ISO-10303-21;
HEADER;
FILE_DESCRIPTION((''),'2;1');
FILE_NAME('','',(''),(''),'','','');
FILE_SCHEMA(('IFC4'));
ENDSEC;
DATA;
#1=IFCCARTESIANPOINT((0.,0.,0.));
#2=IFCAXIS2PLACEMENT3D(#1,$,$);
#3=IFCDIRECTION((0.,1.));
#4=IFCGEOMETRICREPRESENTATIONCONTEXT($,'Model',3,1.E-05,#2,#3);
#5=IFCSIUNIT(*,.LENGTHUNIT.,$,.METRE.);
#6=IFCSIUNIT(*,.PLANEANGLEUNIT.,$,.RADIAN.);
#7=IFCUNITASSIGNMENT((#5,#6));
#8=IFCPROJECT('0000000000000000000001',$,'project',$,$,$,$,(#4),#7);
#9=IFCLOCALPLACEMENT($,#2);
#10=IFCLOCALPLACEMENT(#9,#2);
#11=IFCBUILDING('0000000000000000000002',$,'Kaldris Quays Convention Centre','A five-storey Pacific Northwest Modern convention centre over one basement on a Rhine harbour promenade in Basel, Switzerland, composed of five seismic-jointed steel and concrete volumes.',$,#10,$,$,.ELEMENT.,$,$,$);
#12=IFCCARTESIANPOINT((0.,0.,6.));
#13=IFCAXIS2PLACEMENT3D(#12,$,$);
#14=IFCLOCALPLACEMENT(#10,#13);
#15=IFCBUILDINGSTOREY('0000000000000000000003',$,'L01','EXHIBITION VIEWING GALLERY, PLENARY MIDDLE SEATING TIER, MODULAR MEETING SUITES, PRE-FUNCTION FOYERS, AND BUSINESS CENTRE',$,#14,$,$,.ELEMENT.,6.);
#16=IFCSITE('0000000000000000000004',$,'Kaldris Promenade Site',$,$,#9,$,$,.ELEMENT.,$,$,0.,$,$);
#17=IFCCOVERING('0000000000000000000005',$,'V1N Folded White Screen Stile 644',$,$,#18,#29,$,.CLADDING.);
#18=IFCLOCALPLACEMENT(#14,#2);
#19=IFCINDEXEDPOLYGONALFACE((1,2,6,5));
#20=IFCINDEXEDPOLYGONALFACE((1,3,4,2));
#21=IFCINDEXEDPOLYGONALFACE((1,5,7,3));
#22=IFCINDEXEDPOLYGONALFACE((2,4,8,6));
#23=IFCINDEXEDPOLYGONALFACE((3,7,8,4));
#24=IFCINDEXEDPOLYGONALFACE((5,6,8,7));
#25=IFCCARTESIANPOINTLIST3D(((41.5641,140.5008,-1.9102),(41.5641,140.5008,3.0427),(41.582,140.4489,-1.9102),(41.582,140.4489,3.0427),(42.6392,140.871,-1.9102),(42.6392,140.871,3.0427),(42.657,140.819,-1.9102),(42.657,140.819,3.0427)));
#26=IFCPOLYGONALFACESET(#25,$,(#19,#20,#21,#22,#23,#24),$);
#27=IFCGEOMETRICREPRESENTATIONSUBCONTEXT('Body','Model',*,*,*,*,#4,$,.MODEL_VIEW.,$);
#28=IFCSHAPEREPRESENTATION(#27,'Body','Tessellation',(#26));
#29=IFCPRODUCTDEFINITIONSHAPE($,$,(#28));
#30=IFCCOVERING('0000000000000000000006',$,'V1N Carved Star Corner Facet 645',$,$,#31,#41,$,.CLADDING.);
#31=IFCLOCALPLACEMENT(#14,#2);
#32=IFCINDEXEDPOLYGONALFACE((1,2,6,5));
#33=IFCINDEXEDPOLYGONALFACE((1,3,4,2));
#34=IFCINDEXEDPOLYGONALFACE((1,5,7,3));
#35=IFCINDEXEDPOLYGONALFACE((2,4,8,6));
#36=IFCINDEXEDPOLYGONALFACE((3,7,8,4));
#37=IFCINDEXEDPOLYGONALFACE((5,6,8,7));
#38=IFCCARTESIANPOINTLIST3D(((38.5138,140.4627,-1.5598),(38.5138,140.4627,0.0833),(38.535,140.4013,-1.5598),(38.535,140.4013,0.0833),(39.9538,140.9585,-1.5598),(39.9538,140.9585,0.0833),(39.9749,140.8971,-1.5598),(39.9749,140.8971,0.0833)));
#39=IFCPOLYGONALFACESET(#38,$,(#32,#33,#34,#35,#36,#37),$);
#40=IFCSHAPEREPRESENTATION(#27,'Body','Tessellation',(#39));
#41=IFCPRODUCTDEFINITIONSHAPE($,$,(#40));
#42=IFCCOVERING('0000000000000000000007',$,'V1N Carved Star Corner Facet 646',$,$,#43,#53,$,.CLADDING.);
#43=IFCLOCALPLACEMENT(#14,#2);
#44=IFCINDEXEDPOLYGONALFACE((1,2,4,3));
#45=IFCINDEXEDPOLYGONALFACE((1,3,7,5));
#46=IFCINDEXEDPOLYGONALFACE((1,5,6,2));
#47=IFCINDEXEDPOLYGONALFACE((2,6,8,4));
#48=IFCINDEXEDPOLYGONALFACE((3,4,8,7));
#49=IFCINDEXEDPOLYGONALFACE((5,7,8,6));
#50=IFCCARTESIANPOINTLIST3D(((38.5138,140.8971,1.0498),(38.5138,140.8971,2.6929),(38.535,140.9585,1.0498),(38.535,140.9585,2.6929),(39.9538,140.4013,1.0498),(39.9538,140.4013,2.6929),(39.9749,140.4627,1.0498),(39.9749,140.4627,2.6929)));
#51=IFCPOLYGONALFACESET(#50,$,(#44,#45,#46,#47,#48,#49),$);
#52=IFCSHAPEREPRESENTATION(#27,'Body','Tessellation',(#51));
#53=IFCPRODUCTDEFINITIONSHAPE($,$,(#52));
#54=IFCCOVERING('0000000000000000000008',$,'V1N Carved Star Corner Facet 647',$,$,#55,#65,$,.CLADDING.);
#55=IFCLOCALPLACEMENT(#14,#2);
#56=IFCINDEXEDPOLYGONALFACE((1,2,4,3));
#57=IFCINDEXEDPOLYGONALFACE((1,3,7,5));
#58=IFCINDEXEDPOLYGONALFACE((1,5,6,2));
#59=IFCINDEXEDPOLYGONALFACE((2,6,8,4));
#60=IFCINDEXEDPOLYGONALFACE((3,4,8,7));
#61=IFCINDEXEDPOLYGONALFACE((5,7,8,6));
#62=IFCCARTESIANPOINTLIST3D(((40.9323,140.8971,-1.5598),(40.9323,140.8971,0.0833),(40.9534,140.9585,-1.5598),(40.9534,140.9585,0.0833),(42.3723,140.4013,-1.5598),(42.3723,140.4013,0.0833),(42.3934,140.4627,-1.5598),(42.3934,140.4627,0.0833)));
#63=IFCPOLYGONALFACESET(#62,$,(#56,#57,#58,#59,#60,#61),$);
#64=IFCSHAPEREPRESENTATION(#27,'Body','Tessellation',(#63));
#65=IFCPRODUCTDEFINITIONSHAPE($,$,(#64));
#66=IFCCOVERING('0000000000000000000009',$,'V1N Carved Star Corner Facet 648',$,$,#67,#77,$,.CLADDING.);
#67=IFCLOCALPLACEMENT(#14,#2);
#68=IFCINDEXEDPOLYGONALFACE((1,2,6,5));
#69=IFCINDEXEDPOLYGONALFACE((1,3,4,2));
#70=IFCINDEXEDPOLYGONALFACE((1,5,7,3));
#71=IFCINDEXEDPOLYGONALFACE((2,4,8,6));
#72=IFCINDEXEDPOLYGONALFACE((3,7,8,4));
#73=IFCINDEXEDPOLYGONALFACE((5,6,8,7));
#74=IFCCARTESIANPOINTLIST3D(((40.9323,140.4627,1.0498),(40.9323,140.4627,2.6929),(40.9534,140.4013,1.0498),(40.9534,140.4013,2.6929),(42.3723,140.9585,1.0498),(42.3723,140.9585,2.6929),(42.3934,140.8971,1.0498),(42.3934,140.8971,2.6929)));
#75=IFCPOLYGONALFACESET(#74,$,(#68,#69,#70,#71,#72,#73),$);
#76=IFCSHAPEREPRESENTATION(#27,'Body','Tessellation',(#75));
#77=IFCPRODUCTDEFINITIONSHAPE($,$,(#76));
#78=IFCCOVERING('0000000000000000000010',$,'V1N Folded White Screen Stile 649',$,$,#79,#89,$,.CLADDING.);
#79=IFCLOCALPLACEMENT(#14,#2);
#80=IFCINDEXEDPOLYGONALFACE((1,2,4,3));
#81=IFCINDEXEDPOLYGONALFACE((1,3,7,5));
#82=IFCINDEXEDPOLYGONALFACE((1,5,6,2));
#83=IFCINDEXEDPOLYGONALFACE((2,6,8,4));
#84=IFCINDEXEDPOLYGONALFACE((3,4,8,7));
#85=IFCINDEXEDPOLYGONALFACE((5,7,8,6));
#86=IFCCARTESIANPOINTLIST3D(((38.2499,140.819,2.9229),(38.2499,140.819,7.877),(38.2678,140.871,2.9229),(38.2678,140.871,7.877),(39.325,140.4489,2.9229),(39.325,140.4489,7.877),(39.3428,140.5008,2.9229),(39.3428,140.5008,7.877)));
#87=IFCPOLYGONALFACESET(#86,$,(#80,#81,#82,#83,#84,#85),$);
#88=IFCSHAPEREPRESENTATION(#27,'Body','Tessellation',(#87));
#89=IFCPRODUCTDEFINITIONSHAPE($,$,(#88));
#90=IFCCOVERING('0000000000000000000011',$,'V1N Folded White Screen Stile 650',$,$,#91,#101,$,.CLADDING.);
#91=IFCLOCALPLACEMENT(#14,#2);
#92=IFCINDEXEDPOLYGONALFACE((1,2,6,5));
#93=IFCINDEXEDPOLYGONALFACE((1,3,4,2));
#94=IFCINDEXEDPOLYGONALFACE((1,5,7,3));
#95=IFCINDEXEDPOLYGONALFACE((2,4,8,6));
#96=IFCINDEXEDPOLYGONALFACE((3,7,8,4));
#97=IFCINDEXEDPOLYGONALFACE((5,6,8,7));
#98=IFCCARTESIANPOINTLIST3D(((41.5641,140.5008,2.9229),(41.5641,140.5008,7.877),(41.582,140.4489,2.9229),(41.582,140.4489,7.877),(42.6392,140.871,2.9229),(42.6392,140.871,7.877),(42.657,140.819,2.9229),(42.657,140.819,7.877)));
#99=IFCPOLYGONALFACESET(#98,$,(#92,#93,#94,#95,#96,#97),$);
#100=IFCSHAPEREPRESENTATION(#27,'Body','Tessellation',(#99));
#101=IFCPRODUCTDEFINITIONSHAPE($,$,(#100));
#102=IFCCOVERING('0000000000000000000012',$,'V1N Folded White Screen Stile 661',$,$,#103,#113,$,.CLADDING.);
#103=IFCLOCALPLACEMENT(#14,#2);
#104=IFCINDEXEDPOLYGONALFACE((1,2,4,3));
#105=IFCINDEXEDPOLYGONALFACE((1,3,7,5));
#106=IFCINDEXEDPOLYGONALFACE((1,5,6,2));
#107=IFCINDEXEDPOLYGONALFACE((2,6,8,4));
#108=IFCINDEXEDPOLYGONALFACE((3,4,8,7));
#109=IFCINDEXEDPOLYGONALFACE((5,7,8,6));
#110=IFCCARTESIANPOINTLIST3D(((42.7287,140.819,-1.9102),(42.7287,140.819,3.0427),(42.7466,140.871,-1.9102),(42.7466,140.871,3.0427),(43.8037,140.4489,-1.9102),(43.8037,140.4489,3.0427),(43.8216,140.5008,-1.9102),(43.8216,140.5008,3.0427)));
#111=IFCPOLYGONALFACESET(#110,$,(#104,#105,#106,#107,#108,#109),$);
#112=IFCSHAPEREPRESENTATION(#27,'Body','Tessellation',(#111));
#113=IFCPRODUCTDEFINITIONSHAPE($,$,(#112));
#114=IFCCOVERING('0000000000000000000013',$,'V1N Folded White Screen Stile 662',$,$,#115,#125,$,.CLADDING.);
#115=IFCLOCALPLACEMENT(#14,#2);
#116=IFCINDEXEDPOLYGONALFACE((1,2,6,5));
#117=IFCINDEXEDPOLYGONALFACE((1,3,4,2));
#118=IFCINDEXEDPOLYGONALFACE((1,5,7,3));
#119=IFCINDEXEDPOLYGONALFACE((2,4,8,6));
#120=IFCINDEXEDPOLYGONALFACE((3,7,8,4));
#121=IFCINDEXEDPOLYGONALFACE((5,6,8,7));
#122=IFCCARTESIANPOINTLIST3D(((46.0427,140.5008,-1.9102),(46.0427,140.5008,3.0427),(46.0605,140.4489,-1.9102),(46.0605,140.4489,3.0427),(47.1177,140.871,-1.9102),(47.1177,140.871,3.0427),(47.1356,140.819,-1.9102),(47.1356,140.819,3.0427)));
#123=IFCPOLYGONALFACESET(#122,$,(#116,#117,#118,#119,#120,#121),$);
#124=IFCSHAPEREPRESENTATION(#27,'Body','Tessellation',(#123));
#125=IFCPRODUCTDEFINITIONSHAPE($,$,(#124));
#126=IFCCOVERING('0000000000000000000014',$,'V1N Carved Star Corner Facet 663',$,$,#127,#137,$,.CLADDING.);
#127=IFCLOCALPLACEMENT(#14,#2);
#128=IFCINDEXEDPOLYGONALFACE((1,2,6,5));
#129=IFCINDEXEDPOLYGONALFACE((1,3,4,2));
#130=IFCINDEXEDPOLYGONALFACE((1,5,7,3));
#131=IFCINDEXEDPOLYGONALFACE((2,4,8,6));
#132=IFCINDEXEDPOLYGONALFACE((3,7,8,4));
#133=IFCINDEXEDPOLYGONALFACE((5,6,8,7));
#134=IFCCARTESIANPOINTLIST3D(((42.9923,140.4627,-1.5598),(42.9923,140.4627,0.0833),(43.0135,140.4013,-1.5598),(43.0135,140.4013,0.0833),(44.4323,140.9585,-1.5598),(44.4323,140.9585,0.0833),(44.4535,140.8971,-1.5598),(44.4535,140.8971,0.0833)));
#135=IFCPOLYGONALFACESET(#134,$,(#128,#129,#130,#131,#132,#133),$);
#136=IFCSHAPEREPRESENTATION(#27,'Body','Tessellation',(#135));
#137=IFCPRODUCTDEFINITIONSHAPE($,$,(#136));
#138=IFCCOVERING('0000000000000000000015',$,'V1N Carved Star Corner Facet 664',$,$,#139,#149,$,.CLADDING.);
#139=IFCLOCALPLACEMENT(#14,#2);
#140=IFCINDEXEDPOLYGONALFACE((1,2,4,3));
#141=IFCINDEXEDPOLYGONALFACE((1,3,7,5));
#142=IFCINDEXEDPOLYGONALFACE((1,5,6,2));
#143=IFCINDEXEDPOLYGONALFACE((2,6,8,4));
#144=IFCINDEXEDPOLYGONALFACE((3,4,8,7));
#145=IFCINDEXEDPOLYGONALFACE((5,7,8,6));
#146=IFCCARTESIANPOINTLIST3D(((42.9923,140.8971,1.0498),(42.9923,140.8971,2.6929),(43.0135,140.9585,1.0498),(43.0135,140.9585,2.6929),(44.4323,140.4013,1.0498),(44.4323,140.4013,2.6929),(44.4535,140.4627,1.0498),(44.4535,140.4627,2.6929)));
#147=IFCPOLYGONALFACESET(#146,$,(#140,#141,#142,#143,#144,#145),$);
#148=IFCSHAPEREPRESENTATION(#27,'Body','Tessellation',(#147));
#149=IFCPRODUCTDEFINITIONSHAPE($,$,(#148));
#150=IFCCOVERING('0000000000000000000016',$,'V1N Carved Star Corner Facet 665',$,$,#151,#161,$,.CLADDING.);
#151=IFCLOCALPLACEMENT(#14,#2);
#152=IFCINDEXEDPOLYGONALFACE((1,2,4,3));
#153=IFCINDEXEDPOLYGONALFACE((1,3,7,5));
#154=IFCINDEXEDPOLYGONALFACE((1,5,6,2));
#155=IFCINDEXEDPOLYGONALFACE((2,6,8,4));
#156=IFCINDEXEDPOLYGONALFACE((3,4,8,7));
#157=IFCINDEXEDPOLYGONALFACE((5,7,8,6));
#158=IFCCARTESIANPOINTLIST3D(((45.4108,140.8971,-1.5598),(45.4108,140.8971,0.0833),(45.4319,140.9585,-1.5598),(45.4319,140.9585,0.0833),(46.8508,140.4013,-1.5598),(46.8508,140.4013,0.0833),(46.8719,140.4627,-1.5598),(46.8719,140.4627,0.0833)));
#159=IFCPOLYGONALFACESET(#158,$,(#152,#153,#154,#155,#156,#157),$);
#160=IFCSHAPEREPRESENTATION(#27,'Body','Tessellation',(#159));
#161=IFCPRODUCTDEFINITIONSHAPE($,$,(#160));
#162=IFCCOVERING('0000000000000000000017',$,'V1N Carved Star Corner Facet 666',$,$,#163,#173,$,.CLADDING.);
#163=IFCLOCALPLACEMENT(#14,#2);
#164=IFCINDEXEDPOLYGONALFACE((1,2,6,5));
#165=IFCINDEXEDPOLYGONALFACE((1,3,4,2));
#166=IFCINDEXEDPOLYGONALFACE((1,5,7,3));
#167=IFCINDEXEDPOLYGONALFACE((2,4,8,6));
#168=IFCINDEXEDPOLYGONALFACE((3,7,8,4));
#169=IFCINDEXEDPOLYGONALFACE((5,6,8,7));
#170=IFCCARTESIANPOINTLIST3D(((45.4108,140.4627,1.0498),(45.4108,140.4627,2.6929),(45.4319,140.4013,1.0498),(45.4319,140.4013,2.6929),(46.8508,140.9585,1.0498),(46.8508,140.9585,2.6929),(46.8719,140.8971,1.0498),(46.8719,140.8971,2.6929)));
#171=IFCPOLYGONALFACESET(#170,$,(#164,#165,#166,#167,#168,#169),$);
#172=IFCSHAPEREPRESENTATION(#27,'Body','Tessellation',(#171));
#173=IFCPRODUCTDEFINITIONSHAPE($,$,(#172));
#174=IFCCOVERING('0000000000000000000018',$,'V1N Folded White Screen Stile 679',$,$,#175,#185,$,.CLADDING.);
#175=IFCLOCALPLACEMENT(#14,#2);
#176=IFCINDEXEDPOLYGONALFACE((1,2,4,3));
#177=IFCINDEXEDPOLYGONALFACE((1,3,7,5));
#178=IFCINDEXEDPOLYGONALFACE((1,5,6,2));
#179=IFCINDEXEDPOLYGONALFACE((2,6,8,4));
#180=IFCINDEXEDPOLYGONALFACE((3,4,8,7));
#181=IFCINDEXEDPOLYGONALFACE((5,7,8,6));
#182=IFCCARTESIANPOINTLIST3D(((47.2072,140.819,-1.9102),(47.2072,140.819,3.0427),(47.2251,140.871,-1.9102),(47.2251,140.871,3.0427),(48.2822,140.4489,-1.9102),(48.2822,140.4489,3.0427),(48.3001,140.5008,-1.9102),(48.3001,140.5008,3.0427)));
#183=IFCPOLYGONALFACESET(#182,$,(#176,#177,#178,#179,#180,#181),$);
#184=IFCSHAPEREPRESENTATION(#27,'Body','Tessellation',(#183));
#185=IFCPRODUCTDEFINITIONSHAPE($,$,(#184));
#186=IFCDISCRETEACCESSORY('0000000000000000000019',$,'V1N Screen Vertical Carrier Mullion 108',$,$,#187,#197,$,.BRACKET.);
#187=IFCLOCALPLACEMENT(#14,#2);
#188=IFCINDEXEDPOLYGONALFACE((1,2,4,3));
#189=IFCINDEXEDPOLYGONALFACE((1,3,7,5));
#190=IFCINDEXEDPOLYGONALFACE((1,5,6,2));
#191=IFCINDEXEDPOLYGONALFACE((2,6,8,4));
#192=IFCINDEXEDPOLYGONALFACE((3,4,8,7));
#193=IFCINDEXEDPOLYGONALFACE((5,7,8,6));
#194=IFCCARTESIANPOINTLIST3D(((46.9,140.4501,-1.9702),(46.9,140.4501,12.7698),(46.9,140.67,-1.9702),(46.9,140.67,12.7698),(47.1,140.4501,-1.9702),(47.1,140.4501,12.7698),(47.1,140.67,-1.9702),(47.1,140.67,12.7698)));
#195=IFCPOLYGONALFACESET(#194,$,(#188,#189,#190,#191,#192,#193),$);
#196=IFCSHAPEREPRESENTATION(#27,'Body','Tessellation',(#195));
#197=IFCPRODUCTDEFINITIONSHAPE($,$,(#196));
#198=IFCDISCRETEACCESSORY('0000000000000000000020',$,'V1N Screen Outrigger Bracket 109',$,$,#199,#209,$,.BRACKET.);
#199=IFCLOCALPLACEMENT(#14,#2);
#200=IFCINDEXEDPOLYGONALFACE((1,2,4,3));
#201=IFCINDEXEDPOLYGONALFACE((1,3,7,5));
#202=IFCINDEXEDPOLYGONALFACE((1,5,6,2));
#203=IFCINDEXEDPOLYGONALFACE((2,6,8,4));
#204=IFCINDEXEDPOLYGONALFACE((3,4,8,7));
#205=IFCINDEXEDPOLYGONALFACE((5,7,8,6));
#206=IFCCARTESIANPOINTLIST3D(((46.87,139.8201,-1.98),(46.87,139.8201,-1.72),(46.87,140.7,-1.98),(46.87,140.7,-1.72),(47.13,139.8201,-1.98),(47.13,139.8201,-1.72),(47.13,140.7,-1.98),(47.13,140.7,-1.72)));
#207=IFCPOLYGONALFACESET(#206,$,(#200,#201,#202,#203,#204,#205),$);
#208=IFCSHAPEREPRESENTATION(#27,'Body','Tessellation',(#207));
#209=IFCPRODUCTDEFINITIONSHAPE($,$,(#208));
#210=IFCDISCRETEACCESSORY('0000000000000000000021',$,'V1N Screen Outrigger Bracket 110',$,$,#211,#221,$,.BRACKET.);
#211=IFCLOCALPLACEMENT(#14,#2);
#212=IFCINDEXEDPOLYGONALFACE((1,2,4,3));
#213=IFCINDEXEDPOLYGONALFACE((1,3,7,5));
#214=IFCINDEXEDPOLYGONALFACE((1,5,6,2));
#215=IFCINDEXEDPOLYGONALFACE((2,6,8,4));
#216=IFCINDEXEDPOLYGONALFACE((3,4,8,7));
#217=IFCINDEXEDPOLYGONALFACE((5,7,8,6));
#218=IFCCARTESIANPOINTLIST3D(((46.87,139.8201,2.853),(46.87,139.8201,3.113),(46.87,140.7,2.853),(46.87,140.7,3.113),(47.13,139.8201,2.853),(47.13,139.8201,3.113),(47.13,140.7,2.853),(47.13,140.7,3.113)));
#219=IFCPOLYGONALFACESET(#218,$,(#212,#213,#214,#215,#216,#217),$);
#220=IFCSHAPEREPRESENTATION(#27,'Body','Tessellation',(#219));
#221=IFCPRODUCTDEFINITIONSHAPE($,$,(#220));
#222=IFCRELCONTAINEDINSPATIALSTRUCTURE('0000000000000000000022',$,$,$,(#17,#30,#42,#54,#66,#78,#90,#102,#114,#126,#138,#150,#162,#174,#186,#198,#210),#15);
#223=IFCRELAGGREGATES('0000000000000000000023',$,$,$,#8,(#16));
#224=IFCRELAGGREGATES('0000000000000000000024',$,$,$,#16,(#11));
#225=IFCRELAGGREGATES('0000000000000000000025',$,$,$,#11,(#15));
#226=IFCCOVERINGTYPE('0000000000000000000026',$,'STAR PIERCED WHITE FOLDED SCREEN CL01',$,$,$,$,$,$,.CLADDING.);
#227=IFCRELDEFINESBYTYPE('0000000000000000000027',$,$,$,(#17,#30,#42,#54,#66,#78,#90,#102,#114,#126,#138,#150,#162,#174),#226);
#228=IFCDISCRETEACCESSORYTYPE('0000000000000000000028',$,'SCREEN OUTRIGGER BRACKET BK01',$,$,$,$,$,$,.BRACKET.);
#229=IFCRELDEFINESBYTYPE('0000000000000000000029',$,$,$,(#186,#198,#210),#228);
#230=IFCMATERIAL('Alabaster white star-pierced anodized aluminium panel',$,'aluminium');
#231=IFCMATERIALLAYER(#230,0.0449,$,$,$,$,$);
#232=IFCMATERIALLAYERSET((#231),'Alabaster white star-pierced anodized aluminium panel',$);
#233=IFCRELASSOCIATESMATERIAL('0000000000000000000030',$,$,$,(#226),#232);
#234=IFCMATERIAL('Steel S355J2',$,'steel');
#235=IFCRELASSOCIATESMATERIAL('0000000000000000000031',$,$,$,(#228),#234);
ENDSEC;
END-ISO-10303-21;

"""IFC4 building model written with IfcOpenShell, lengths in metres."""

from ifc_helpers import new_model, si_unit, direction, frame, origin, origin_2d, place, context, subcontext, project, spatial, rectangle, extrude, material, layer, layer_set, type_object, element, save


model = new_model("IFC4")

# Units and contexts
model_context = context("Model", 3, precision=1e-05, world=origin(), true_north=direction((0.0, 1.0)))
body_context = subcontext(model_context, "Body", "Model", "MODEL_VIEW")
ifc_project = project(units=[si_unit("LENGTHUNIT", "METRE"), si_unit("PLANEANGLEUNIT", "RADIAN")], contexts=[model_context])

# Site, building, storey
site_placement = place(None, origin())
site = spatial("IfcSite", under=ifc_project, at=site_placement, Name="Kaldris Promenade Site", CompositionType="ELEMENT", RefElevation=0.0)
building_placement = place(site_placement, origin())
building = spatial("IfcBuilding", under=site, at=building_placement, Name="Kaldris Quays Convention Centre", Description="A five-storey Pacific Northwest Modern convention centre over one basement on a Rhine harbour promenade in Basel, Switzerland, composed of five seismic-jointed steel and concrete volumes.", CompositionType="ELEMENT")
storey_placement = place(building_placement, frame((0.0, 0.0, 6.0)))
storey = spatial("IfcBuildingStorey", under=building, at=storey_placement, Name="L01", Description="EXHIBITION VIEWING GALLERY, PLENARY MIDDLE SEATING TIER, MODULAR MEETING SUITES, PRE-FUNCTION FOYERS, AND BUSINESS CENTRE", CompositionType="ELEMENT", Elevation=6.0)

# Shared definitions
ifc_material_1 = material(Name="Steel S355J2", Category="steel")

# Coverings
ifc_material_2 = material(Name="Alabaster white star-pierced anodized aluminium panel", Category="aluminium")
ifc_layer_1 = layer(ifc_material_2, 0.0449)
ifc_layer_set_1 = layer_set([ifc_layer_1], Name="Alabaster white star-pierced anodized aluminium panel")
covering_type = type_object("IfcCoveringType", Name="STAR PIERCED WHITE FOLDED SCREEN CL01", PredefinedType="CLADDING", material=ifc_layer_set_1)
for number, where, z_axis, x_axis, name in (
    (1, (42.1106, 140.6599, -1.9102), (0.0, 0.0, 1.0), (0.945519, 0.325568, 0.0), "V1N Folded White Screen Stile 644"),
):
    element("IfcCovering", number, at=place(storey_placement, frame(where, z_axis=z_axis, x_axis=x_axis)), inside=storey, type_object=covering_type, Name=name, PredefinedType="CLADDING", context=body_context, shape_type="SweptSolid", body=[
        extrude(rectangle(XDim=1.137, YDim=0.0549, at=origin_2d()), origin(), (0.0, 0.0, 1.0), 4.9529),
    ])
for number, where, z_axis, x_axis, name in (
    (2, (39.2444, 140.6799, -1.5598), (0.0, 0.0, 1.0), (0.945519, 0.325568, 0.0), "V1N Carved Star Corner Facet 645"),
    (3, (39.2444, 140.6799, 1.0498), (0.0, 0.0, 1.0), (0.945519, -0.325568, 0.0), "V1N Carved Star Corner Facet 646"),
    (4, (41.6628, 140.6799, -1.5598), (0.0, 0.0, 1.0), (0.945519, -0.325568, 0.0), "V1N Carved Star Corner Facet 647"),
    (5, (41.6628, 140.6799, 1.0498), (0.0, 0.0, 1.0), (0.945519, 0.325568, 0.0), "V1N Carved Star Corner Facet 648"),
):
    element("IfcCovering", number, at=place(storey_placement, frame(where, z_axis=z_axis, x_axis=x_axis)), inside=storey, type_object=covering_type, Name=name, PredefinedType="CLADDING", context=body_context, shape_type="SweptSolid", body=[
        extrude(rectangle(XDim=1.5229, YDim=0.0649, at=origin_2d()), origin(), (0.0, 0.0, 1.0), 1.6431),
    ])
for number, where, z_axis, x_axis, name in (
    (6, (38.7964, 140.6599, 2.9229), (0.0, 0.0, 1.0), (0.945519, -0.325568, 0.0), "V1N Folded White Screen Stile 649"),
    (7, (42.1106, 140.6599, 2.9229), (0.0, 0.0, 1.0), (0.945519, 0.325568, 0.0), "V1N Folded White Screen Stile 650"),
):
    element("IfcCovering", number, at=place(storey_placement, frame(where, z_axis=z_axis, x_axis=x_axis)), inside=storey, type_object=covering_type, Name=name, PredefinedType="CLADDING", context=body_context, shape_type="SweptSolid", body=[
        extrude(rectangle(XDim=1.137, YDim=0.0549, at=origin_2d()), origin(), (0.0, 0.0, 1.0), 4.9541),
    ])
for number, where, z_axis, x_axis, name in (
    (8, (43.2751, 140.6599, -1.9102), (0.0, 0.0, 1.0), (0.945519, -0.325568, 0.0), "V1N Folded White Screen Stile 661"),
    (9, (46.5891, 140.6599, -1.9102), (0.0, 0.0, 1.0), (0.945519, 0.325568, 0.0), "V1N Folded White Screen Stile 662"),
):
    element("IfcCovering", number, at=place(storey_placement, frame(where, z_axis=z_axis, x_axis=x_axis)), inside=storey, type_object=covering_type, Name=name, PredefinedType="CLADDING", context=body_context, shape_type="SweptSolid", body=[
        extrude(rectangle(XDim=1.137, YDim=0.0549, at=origin_2d()), origin(), (0.0, 0.0, 1.0), 4.9529),
    ])
for number, where, z_axis, x_axis, name in (
    (10, (43.7229, 140.6799, -1.5598), (0.0, 0.0, 1.0), (0.945519, 0.325568, 0.0), "V1N Carved Star Corner Facet 663"),
    (11, (43.7229, 140.6799, 1.0498), (0.0, 0.0, 1.0), (0.945519, -0.325568, 0.0), "V1N Carved Star Corner Facet 664"),
    (12, (46.1414, 140.6799, -1.5598), (0.0, 0.0, 1.0), (0.945519, -0.325568, 0.0), "V1N Carved Star Corner Facet 665"),
    (13, (46.1414, 140.6799, 1.0498), (0.0, 0.0, 1.0), (0.945519, 0.325568, 0.0), "V1N Carved Star Corner Facet 666"),
):
    element("IfcCovering", number, at=place(storey_placement, frame(where, z_axis=z_axis, x_axis=x_axis)), inside=storey, type_object=covering_type, Name=name, PredefinedType="CLADDING", context=body_context, shape_type="SweptSolid", body=[
        extrude(rectangle(XDim=1.5229, YDim=0.0649, at=origin_2d()), origin(), (0.0, 0.0, 1.0), 1.6431),
    ])
covering_placement = place(storey_placement, frame((47.7537, 140.6599, -1.9102), z_axis=(0.0, 0.0, 1.0), x_axis=(0.945519, -0.325568, 0.0)))
element("IfcCovering", 14, at=covering_placement, inside=storey, type_object=covering_type, Name="V1N Folded White Screen Stile 679", PredefinedType="CLADDING", context=body_context, shape_type="SweptSolid", body=[
    extrude(rectangle(XDim=1.137, YDim=0.0549, at=origin_2d()), origin(), (0.0, 0.0, 1.0), 4.9529),
])

# Discrete accessories
discrete_accessory_type = type_object("IfcDiscreteAccessoryType", Name="SCREEN OUTRIGGER BRACKET BK01", PredefinedType="BRACKET", material=ifc_material_1)
discrete_accessory_placement = place(storey_placement, frame((47.0, 140.5601, -1.9702), z_axis=(0.0, 0.0, 1.0), x_axis=(1.0, 0.0, 0.0)))
element("IfcDiscreteAccessory", 15, at=discrete_accessory_placement, inside=storey, type_object=discrete_accessory_type, Name="V1N Screen Vertical Carrier Mullion 108", PredefinedType="BRACKET", context=body_context, shape_type="SweptSolid", body=[
    extrude(rectangle(XDim=0.2, YDim=0.22, at=origin_2d()), origin(), (0.0, 0.0, 1.0), 14.74),
])
for number, where, z_axis, x_axis, name in (
    (16, (47.0, 140.26, -1.98), (0.0, 0.0, 1.0), (1.0, 0.0, 0.0), "V1N Screen Outrigger Bracket 109"),
    (17, (47.0, 140.26, 2.853), (0.0, 0.0, 1.0), (1.0, 0.0, 0.0), "V1N Screen Outrigger Bracket 110"),
):
    element("IfcDiscreteAccessory", number, at=place(storey_placement, frame(where, z_axis=z_axis, x_axis=x_axis)), inside=storey, type_object=discrete_accessory_type, Name=name, PredefinedType="BRACKET", context=body_context, shape_type="SweptSolid", body=[
        extrude(rectangle(XDim=0.26, YDim=0.8799, at=origin_2d()), origin(), (0.0, 0.0, 1.0), 0.26),
    ])

save(model, "model.ifc")
